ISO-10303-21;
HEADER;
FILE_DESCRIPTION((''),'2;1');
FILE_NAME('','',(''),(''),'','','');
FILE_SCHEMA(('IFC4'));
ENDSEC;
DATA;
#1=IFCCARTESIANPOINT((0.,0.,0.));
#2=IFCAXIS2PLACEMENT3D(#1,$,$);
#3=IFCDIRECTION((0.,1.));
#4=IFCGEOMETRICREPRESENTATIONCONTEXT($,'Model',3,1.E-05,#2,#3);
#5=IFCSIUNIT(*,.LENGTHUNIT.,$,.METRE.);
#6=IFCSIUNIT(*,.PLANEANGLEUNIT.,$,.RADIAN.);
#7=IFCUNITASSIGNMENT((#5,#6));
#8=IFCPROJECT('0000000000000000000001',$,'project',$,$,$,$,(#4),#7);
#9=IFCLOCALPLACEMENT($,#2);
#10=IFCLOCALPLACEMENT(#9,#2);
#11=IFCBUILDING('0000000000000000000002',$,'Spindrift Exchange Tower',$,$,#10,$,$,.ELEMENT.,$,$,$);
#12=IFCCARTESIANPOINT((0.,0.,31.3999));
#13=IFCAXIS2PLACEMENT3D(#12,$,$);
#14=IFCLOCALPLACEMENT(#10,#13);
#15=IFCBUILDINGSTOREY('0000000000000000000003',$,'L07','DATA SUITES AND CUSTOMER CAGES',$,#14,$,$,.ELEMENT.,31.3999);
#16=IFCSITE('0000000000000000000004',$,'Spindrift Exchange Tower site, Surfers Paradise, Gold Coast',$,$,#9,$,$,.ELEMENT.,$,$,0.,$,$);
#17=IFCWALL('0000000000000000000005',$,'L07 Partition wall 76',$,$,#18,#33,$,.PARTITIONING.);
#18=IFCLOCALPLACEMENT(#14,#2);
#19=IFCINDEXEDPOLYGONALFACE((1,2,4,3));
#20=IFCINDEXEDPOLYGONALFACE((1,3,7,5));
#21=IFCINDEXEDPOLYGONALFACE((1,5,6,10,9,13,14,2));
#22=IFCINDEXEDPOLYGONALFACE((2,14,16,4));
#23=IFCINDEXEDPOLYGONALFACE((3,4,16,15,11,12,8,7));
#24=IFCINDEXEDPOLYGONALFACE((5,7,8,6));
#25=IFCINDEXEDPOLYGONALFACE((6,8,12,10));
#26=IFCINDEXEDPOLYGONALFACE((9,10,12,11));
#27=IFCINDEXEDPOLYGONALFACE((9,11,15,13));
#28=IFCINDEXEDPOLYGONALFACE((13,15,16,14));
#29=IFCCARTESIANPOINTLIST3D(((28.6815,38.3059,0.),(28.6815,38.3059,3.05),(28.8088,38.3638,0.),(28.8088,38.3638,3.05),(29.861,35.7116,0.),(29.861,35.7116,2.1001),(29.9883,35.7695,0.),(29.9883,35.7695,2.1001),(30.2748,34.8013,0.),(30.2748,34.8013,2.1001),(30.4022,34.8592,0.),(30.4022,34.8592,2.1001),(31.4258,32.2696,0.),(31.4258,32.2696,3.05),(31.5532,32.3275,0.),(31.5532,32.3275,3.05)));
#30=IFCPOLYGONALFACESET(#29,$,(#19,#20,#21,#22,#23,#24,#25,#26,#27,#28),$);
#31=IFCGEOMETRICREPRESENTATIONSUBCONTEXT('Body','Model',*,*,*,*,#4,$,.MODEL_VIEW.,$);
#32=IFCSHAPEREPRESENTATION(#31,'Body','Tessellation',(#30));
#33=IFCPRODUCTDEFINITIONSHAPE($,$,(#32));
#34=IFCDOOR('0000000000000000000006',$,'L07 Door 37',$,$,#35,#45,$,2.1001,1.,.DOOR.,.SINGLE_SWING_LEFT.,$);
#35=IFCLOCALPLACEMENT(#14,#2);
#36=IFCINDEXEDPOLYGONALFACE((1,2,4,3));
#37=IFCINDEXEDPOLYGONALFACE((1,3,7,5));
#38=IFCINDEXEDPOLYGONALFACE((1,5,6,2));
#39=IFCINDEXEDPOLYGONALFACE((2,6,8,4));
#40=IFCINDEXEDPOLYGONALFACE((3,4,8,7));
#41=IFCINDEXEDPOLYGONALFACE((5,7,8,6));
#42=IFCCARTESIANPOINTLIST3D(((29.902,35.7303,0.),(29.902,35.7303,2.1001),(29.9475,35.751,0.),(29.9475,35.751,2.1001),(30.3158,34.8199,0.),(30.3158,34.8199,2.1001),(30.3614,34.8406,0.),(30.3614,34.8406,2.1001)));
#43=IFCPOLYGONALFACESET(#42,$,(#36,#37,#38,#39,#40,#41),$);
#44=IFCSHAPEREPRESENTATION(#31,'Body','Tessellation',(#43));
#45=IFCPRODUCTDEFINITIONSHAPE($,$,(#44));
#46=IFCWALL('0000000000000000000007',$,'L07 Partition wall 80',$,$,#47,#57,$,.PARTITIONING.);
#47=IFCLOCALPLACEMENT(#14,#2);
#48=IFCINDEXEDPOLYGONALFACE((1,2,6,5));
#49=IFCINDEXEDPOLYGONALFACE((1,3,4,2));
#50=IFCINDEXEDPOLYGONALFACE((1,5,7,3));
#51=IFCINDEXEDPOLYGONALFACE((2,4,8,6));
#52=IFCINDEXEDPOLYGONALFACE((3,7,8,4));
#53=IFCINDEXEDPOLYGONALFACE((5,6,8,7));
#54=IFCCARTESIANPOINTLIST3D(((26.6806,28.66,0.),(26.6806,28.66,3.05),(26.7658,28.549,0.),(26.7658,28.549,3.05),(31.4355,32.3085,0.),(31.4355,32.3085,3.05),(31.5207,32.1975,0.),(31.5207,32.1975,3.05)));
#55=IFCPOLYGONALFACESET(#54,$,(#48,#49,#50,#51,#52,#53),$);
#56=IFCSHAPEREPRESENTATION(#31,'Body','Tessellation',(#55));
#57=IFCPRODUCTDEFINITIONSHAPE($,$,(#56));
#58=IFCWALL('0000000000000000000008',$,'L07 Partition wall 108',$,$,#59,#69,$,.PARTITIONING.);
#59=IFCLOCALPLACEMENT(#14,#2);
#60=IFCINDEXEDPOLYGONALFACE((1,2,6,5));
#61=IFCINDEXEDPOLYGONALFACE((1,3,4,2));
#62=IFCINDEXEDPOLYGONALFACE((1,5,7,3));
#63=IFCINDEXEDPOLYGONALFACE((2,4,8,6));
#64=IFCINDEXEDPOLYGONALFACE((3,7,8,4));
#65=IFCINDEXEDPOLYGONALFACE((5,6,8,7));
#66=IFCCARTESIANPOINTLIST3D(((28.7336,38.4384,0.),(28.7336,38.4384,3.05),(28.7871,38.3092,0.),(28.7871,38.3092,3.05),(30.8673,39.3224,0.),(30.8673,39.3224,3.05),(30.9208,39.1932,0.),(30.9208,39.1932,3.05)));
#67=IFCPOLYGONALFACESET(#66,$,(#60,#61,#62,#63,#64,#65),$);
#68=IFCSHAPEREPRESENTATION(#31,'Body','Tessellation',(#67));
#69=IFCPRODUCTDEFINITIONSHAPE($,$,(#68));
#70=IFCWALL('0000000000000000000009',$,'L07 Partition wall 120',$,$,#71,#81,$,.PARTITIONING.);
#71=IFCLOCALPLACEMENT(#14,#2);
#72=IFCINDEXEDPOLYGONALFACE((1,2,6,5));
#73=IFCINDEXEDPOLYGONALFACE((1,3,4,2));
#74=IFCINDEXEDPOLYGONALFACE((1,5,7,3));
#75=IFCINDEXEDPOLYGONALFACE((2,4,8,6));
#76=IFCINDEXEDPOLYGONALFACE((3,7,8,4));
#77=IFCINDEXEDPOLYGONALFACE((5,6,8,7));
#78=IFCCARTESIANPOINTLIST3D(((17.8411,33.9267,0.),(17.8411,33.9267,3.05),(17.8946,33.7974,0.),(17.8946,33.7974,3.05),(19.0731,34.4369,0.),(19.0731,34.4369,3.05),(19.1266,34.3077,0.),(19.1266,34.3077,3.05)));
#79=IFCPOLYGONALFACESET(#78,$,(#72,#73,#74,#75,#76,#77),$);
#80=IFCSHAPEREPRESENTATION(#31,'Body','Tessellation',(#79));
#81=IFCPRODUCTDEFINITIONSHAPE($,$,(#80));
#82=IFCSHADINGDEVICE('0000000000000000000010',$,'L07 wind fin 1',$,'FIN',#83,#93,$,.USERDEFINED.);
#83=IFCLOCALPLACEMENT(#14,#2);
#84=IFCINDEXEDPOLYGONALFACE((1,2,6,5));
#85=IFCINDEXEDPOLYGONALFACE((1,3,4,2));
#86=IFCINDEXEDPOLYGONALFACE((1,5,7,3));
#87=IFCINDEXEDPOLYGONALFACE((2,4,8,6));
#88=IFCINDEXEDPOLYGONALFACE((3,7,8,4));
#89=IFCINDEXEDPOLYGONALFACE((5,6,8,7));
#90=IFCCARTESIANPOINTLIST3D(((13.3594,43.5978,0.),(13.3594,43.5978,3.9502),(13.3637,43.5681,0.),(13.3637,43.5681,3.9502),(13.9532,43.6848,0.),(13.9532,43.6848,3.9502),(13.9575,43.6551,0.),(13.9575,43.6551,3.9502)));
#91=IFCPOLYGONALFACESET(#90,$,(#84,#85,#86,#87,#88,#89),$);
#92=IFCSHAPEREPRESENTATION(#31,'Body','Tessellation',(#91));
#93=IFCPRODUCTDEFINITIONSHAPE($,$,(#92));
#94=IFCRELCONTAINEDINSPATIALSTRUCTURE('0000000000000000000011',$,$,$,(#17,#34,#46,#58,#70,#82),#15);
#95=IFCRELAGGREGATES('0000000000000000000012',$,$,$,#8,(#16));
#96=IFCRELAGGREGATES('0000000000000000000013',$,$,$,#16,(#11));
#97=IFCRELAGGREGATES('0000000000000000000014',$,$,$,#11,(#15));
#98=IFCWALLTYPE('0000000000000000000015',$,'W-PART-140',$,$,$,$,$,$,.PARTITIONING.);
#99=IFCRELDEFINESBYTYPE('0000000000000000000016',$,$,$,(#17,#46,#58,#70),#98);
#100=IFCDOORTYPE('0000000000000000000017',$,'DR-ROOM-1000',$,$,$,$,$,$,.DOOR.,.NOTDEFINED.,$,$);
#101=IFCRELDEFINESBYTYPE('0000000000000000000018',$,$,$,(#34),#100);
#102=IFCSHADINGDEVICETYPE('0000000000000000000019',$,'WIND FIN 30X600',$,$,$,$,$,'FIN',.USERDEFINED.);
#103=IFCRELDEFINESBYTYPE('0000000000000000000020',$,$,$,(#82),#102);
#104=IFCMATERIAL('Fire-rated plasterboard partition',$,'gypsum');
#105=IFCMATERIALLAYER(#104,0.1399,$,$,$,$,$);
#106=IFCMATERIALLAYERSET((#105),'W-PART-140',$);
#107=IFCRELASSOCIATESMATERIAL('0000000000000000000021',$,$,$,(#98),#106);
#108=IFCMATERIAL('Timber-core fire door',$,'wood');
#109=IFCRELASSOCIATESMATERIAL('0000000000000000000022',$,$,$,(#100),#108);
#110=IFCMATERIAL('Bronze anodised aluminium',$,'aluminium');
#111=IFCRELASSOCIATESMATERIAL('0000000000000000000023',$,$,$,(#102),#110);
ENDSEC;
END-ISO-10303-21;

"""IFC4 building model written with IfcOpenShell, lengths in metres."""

from ifc_helpers import new_model, si_unit, direction, frame, frame_2d, origin, origin_2d, place, context, subcontext, project, spatial, rectangle, extrude, source, transform, mapped, material, layer, layer_set, material_profile, profile_set, type_object, element, fill, save


model = new_model("IFC4")

# Units and contexts
model_context = context("Model", 3, precision=1e-05, world=origin(), true_north=direction((0.0, 1.0)))
body_context = subcontext(model_context, "Body", "Model", "MODEL_VIEW")
ifc_project = project(units=[si_unit("LENGTHUNIT", "METRE"), si_unit("PLANEANGLEUNIT", "RADIAN")], contexts=[model_context])

# Site, building, storey
site_placement = place(None, origin())
site = spatial("IfcSite", under=ifc_project, at=site_placement, Name="Spindrift Exchange Tower site, Surfers Paradise, Gold Coast", CompositionType="ELEMENT", RefElevation=0.0)
building_placement = place(site_placement, origin())
building = spatial("IfcBuilding", under=site, at=building_placement, Name="Spindrift Exchange Tower", CompositionType="ELEMENT")
storey_placement = place(building_placement, frame((0.0, 0.0, 31.3999)))
storey = spatial("IfcBuildingStorey", under=building, at=storey_placement, Name="L07", Description="DATA SUITES AND CUSTOMER CAGES", CompositionType="ELEMENT", Elevation=31.3999)

# Shared definitions
ifc_material_1 = material(Name="Bronze anodised aluminium", Category="aluminium")

# Shared definitions
ifc_material_2 = material(Name="Fire-rated plasterboard partition", Category="gypsum")
ifc_layer_1 = layer(ifc_material_2, 0.1399)
ifc_layer_set_1 = layer_set([ifc_layer_1], Name="W-PART-140")
wall_type = type_object("IfcWallType", Name="W-PART-140", PredefinedType="PARTITIONING", material=ifc_layer_set_1)

# Wall, opening, door
wall_1_placement = place(storey_placement, frame((31.4895, 32.2986, 0.0), z_axis=(0.0, 0.0, 1.0), x_axis=(-0.413875, 0.910334, 0.0)))
wall_1 = element("IfcWall", 1, at=wall_1_placement, inside=storey, type_object=wall_type, Name="L07 Partition wall 76", PredefinedType="PARTITIONING", context=body_context, shape_type="SweptSolid", body=[
    extrude(rectangle(XDim=6.6309, YDim=0.1399, at=frame_2d((3.3154, 0.0))), origin(), (0.0, 0.0, 1.0), 3.05),
])
opening_placement = place(wall_1_placement, frame((2.781, 0.0, 0.0)))
opening = element("IfcOpeningElement", 2, at=opening_placement, cuts=wall_1, PredefinedType="OPENING", context=body_context, shape_type="SweptSolid", body=[
    extrude(rectangle(XDim=1.0, YDim=2.1001, at=frame_2d((0.5, 1.05))), frame((0.0, 0.0798, 0.0), z_axis=(0.0, -1.0, 0.0), x_axis=(1.0, 0.0, 0.0)), (0.0, 0.0, 1.0), 0.1599),
])
ifc_material_3 = material(Name="Timber-core fire door", Category="wood")
door_type = type_object("IfcDoorType", Name="DR-ROOM-1000", OperationType="NOTDEFINED", PredefinedType="DOOR", material=ifc_material_3)
shared_shape_1 = source(origin(), body_context, "Body", "SweptSolid", [
    extrude(rectangle(XDim=1.0, YDim=2.1001, at=frame_2d((0.5, 1.05))), frame((0.0, 0.0249, 0.0), z_axis=(0.0, -1.0, 0.0), x_axis=(1.0, 0.0, 0.0)), (0.0, 0.0, 1.0), 0.05),
])
door_placement = place(opening_placement, origin())
door = element("IfcDoor", 3, at=door_placement, inside=storey, type_object=door_type, Name="L07 Door 37", OperationType="SINGLE_SWING_LEFT", OverallHeight=2.1001, OverallWidth=1.0, PredefinedType="DOOR", context=body_context, shape_type="MappedRepresentation", body=[
    mapped(shared_shape_1, transform((0.0, 0.0, 0.0), scale=1.0)),
])
fill(opening, door)

# Walls
wall_2_placement = place(storey_placement, frame((31.478, 32.2529, 0.0), z_axis=(0.0, 0.0, 1.0), x_axis=(-0.793362, -0.60875, 0.0)))
element("IfcWall", 4, at=wall_2_placement, inside=storey, type_object=wall_type, Name="L07 Partition wall 80", PredefinedType="PARTITIONING", context=body_context, shape_type="SweptSolid", body=[
    extrude(rectangle(XDim=5.9934, YDim=0.1399, at=frame_2d((2.9966, 0.0))), origin(), (0.0, 0.0, 1.0), 3.05),
])
wall_3_placement = place(storey_placement, frame((30.894, 39.2578, 0.0), z_axis=(0.0, 0.0, 1.0), x_axis=(-0.923851, -0.382753, 0.0)))
element("IfcWall", 5, at=wall_3_placement, inside=storey, type_object=wall_type, Name="L07 Partition wall 108", PredefinedType="PARTITIONING", context=body_context, shape_type="SweptSolid", body=[
    extrude(rectangle(XDim=2.3096, YDim=0.1399, at=frame_2d((1.1548, 0.0))), origin(), (0.0, 0.0, 1.0), 3.05),
])
wall_4_placement = place(storey_placement, frame((19.0999, 34.3723, 0.0), z_axis=(0.0, 0.0, 1.0), x_axis=(-0.923887, -0.382664, 0.0)))
element("IfcWall", 6, at=wall_4_placement, inside=storey, type_object=wall_type, Name="L07 Partition wall 120", PredefinedType="PARTITIONING", context=body_context, shape_type="SweptSolid", body=[
    extrude(rectangle(XDim=1.3335, YDim=0.1399, at=frame_2d((0.6667, 0.0))), origin(), (0.0, 0.0, 1.0), 3.05),
])

# Shading device
ifc_material_profile_1 = material_profile(ifc_material_1, rectangle(XDim=0.03, YDim=0.6001, at=origin_2d()), Name="WIND FIN 30X600")
ifc_profile_set_1 = profile_set([ifc_material_profile_1], Name="Bronze anodised aluminium")
shading_device_type = type_object("IfcShadingDeviceType", Name="WIND FIN 30X600", ElementType="FIN", PredefinedType="USERDEFINED", material=ifc_profile_set_1)
shared_shape_2 = source(origin(), body_context, "Body", "SweptSolid", [
    extrude(rectangle(XDim=0.03, YDim=0.6001, at=origin_2d()), origin(), (0.0, 0.0, 1.0), 3.9502),
])
shading_device_placement = place(storey_placement, frame((13.6584, 43.6265, 0.0), z_axis=(0.0, 0.0, 1.0), x_axis=(0.144961, -0.989437, 0.0)))
element("IfcShadingDevice", 7, at=shading_device_placement, inside=storey, type_object=shading_device_type, Name="L07 wind fin 1", ObjectType="FIN", PredefinedType="USERDEFINED", context=body_context, shape_type="MappedRepresentation", body=[
    mapped(shared_shape_2, transform((0.0, 0.0, 0.0), scale=1.0)),
])

save(model, "model.ifc")
